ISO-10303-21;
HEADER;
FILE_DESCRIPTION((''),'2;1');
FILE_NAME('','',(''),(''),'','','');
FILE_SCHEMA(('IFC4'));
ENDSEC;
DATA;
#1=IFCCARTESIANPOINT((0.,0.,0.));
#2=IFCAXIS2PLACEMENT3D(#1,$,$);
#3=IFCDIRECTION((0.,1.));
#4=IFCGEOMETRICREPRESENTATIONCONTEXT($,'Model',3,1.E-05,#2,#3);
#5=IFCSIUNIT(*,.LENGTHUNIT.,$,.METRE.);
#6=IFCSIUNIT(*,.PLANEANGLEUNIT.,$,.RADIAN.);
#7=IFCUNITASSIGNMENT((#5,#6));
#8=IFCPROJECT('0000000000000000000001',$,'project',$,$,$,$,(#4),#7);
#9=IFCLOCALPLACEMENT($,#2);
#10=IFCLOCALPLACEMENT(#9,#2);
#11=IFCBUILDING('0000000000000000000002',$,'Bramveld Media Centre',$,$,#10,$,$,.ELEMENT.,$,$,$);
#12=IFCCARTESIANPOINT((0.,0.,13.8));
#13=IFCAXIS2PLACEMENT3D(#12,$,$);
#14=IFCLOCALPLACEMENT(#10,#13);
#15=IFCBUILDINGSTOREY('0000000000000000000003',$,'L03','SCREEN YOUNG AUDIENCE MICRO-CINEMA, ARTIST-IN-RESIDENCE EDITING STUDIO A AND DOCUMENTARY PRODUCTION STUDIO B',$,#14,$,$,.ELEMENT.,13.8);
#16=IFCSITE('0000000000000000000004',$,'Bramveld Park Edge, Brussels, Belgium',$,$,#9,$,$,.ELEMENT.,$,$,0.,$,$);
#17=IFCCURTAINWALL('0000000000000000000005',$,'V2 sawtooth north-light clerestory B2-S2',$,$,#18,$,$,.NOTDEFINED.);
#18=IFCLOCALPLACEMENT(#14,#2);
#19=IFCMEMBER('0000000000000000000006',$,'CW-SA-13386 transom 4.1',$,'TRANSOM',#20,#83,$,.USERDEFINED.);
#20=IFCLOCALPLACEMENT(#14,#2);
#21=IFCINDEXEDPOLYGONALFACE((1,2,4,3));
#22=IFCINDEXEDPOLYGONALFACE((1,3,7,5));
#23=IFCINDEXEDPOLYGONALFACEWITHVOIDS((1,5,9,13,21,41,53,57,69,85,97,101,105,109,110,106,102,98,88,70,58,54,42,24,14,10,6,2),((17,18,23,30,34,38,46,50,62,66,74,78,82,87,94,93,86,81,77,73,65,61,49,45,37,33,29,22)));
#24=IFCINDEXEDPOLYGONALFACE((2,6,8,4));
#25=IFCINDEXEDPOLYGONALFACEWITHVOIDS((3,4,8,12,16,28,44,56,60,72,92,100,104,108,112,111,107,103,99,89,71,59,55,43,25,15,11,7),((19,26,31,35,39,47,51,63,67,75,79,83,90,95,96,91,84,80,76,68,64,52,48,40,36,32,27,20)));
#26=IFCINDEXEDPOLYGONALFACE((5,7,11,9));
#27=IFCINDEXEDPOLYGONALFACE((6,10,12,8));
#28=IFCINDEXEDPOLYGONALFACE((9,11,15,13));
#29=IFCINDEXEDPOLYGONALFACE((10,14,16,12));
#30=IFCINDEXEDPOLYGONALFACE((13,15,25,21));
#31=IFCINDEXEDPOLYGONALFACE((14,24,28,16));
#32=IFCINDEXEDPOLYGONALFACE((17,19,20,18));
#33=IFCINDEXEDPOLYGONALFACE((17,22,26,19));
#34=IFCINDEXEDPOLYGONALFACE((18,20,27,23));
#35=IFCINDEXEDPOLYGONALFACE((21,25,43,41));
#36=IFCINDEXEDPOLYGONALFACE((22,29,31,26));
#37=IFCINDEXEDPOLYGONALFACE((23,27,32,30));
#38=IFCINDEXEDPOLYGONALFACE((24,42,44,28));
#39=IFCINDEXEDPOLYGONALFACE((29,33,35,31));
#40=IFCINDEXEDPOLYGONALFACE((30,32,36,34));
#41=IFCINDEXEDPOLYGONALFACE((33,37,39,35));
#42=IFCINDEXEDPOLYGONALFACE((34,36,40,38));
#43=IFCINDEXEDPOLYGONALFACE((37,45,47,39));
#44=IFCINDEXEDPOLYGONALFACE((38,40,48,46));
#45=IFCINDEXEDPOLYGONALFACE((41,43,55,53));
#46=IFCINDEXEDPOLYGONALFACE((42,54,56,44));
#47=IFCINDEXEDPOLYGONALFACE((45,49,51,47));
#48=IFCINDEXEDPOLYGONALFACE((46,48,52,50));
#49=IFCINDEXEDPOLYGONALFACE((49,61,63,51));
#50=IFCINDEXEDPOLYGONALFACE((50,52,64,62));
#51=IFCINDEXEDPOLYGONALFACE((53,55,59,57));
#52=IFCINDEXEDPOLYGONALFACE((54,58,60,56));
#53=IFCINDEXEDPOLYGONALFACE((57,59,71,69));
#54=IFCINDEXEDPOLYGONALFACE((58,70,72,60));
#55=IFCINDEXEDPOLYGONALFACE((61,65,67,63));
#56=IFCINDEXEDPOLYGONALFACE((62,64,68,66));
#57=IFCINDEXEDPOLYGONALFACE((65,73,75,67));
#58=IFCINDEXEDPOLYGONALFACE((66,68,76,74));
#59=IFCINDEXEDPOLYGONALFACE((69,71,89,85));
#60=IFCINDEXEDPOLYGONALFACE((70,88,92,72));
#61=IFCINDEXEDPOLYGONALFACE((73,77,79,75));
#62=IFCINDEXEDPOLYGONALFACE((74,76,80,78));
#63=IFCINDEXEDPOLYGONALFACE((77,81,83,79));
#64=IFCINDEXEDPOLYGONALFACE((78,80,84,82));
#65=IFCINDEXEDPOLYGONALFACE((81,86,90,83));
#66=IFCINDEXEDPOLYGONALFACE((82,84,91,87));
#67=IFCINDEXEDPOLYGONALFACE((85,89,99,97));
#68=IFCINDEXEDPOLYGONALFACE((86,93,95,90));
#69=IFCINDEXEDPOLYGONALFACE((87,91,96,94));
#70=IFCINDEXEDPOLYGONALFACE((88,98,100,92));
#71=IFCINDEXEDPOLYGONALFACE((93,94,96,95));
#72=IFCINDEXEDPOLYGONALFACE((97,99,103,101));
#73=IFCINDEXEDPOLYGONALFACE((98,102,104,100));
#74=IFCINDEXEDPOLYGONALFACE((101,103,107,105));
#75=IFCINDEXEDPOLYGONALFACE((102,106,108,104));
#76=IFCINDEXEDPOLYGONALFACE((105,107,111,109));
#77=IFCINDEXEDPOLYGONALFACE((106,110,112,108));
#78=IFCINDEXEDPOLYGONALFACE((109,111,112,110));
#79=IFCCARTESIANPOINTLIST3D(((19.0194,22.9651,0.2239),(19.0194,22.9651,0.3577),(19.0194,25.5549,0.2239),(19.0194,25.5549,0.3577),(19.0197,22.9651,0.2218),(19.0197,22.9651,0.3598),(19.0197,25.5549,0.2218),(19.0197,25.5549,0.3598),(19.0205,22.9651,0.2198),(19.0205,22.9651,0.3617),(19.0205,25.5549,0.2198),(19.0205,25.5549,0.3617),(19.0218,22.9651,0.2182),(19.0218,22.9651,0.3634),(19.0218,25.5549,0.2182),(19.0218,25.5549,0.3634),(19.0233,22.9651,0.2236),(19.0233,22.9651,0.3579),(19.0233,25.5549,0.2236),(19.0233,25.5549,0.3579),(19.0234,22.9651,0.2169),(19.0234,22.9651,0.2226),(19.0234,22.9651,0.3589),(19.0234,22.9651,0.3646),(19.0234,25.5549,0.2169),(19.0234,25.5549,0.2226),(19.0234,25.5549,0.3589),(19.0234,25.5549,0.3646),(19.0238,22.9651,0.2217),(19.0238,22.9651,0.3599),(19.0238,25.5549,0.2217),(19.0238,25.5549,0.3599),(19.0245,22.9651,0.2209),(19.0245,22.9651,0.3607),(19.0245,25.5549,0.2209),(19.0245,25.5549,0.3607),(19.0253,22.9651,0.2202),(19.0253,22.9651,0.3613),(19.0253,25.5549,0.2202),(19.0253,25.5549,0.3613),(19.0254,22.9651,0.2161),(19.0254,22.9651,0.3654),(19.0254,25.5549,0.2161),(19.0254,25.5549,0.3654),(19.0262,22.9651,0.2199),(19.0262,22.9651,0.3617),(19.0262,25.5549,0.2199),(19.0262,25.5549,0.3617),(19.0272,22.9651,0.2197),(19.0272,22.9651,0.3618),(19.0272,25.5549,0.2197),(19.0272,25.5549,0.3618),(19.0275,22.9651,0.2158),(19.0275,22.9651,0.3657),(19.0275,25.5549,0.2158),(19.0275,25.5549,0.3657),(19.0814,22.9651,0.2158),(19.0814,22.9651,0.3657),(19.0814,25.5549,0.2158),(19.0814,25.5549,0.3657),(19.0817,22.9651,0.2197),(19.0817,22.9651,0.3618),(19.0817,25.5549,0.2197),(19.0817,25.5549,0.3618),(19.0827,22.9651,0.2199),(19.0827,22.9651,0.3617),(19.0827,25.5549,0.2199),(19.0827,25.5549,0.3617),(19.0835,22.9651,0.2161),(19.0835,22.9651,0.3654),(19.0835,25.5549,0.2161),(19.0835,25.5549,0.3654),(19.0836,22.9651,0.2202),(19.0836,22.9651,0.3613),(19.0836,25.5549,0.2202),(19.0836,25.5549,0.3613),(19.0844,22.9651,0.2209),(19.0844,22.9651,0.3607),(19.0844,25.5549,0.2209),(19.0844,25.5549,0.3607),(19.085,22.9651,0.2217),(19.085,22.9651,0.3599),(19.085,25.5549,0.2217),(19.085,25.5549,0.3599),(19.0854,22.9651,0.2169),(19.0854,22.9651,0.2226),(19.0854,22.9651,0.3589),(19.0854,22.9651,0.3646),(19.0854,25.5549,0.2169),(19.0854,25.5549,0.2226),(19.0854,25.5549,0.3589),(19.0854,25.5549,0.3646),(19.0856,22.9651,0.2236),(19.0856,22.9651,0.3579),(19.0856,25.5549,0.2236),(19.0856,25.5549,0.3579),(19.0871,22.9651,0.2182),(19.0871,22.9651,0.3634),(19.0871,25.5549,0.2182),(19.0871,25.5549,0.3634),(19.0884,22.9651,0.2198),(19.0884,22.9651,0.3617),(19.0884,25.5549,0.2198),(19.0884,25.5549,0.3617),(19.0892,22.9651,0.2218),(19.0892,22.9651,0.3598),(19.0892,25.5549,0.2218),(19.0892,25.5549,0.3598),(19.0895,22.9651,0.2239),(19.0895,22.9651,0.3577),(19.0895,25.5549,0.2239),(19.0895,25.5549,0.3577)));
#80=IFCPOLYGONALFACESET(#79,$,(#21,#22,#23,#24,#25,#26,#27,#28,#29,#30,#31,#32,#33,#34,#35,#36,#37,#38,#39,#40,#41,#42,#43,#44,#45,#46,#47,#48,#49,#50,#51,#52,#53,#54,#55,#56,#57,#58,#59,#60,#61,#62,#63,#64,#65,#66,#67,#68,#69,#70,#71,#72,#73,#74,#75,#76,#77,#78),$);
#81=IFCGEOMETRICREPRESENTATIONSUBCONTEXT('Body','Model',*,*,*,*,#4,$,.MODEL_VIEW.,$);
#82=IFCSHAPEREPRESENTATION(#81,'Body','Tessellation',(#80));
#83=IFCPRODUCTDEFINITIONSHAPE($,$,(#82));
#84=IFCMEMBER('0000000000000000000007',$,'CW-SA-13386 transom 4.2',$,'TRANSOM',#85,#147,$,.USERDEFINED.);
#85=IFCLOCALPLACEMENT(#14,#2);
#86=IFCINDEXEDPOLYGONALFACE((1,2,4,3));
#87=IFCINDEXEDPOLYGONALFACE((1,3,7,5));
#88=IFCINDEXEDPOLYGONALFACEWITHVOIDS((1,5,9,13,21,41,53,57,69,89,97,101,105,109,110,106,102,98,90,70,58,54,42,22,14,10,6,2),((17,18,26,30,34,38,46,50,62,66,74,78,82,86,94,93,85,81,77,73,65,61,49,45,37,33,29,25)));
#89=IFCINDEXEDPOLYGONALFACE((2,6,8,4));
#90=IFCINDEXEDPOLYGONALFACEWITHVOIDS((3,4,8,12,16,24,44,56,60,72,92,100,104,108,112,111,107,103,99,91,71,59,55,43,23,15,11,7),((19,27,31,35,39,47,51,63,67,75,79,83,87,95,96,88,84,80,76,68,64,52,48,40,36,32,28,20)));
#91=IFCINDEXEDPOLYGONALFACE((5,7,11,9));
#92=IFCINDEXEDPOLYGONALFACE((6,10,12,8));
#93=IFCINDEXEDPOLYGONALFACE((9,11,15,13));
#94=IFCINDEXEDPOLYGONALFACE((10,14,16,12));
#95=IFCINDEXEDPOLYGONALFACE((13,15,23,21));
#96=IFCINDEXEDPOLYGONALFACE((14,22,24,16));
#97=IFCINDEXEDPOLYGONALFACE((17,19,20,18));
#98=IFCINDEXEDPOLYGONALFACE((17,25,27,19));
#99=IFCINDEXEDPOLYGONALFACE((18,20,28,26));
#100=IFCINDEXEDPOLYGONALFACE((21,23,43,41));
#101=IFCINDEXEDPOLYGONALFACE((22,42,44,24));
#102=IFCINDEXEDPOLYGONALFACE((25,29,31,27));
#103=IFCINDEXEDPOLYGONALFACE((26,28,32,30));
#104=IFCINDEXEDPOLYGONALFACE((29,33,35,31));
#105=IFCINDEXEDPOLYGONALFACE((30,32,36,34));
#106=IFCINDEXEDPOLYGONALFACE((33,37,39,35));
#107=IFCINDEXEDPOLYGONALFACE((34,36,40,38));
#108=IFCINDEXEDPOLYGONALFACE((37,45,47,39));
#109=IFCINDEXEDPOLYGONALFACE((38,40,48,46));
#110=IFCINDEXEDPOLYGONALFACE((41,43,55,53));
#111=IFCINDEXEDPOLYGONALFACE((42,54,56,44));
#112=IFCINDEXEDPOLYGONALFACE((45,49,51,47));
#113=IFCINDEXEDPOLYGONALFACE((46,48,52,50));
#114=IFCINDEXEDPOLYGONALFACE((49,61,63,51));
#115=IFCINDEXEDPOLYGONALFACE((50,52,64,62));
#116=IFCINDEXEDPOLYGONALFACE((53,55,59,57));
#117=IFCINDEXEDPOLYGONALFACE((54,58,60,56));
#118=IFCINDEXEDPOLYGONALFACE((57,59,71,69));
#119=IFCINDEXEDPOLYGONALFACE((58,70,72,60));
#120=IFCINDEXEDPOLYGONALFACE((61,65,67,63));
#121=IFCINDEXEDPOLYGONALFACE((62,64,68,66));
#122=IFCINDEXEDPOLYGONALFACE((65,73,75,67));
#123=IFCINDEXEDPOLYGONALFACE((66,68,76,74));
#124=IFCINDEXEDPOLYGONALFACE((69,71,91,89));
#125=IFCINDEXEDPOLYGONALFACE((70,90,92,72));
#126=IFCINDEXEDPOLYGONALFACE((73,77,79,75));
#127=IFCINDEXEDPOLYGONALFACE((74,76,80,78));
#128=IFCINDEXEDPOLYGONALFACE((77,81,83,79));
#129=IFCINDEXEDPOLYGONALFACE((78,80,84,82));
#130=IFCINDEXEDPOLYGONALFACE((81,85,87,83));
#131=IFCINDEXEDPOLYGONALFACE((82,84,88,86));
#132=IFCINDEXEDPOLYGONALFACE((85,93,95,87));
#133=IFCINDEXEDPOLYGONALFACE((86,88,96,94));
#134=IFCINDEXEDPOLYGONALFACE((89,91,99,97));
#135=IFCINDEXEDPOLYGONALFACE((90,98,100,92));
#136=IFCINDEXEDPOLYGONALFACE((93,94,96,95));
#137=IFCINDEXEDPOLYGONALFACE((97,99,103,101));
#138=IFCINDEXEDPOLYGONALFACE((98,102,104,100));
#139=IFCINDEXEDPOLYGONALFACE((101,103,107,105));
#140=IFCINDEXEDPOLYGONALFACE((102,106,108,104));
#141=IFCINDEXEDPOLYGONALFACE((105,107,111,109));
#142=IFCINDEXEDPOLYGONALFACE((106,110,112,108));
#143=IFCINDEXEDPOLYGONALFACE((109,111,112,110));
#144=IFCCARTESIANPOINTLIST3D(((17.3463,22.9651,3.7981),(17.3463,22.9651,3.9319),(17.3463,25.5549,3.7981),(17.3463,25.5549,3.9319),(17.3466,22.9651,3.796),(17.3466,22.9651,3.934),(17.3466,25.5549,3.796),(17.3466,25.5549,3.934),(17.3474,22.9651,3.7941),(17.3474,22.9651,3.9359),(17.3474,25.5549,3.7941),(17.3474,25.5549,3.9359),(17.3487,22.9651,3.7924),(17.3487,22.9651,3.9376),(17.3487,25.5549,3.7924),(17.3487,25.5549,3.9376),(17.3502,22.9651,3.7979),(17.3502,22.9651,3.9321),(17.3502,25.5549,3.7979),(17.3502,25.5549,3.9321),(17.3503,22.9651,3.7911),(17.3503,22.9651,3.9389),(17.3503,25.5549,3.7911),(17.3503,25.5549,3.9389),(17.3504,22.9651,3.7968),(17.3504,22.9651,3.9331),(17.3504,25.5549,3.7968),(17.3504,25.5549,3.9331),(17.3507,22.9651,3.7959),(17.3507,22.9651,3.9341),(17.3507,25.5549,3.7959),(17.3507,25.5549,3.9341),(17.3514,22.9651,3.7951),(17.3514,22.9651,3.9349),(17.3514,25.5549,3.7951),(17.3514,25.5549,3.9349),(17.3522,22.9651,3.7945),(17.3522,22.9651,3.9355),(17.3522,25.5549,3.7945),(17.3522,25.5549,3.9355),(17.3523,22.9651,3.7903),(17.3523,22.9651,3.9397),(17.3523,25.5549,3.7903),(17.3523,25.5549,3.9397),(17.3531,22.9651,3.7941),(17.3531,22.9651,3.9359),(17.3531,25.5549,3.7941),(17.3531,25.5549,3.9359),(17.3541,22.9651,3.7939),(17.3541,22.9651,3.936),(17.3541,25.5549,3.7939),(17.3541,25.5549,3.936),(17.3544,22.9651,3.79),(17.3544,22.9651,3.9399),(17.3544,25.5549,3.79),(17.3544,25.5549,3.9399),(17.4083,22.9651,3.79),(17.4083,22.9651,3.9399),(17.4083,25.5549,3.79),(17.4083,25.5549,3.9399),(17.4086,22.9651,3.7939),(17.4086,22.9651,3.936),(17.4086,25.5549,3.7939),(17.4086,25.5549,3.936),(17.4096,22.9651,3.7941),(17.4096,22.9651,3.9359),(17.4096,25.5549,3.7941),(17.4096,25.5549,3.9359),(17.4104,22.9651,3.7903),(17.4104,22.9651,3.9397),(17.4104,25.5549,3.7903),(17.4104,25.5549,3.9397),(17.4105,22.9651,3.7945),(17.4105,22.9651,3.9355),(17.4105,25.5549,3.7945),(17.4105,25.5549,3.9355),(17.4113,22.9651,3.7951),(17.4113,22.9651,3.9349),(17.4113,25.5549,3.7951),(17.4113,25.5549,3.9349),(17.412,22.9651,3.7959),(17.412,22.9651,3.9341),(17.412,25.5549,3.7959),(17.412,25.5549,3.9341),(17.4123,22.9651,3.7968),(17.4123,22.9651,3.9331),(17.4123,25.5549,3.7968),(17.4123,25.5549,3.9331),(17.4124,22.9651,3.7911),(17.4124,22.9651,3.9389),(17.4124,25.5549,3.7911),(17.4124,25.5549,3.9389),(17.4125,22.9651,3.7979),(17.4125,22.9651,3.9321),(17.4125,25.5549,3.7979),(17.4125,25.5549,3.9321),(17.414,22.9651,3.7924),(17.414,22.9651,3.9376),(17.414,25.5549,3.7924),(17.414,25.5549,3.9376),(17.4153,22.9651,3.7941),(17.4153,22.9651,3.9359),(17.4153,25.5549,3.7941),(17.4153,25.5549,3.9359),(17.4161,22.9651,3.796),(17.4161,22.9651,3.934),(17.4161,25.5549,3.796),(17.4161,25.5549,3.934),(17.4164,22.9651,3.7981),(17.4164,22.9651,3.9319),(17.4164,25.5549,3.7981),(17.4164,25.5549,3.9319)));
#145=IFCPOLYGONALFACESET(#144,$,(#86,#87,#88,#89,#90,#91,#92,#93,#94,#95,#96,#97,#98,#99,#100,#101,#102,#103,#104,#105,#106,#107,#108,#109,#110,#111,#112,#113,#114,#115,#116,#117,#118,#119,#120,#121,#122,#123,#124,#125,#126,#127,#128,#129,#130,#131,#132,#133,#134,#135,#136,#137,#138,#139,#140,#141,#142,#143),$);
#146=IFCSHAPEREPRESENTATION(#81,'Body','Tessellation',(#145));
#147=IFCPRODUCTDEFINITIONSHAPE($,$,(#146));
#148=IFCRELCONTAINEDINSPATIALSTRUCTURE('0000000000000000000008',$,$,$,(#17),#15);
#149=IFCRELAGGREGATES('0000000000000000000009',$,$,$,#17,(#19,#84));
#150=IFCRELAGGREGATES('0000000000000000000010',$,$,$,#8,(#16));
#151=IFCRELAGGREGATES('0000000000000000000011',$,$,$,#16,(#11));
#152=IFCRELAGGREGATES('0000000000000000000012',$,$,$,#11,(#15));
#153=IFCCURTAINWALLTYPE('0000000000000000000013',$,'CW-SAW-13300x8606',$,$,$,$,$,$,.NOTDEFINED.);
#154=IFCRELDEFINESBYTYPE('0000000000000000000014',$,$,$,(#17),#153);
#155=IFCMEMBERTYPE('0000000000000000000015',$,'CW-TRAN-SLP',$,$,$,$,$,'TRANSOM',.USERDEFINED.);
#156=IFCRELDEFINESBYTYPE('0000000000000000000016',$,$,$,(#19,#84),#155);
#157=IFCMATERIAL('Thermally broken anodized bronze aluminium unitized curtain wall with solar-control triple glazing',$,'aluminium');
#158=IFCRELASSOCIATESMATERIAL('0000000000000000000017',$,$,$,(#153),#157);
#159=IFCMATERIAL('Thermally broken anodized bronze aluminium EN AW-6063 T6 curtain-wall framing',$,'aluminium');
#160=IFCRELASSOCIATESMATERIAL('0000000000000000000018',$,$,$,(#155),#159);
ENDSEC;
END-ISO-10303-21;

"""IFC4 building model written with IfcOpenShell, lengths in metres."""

from ifc_helpers import new_model, si_unit, direction, frame, origin, origin_2d, place, context, subcontext, project, spatial, hollow_rectangle, extrude, material, material_profile, profile_set, type_object, element, aggregate, save


model = new_model("IFC4")

# Units and contexts
model_context = context("Model", 3, precision=1e-05, world=origin(), true_north=direction((0.0, 1.0)))
body_context = subcontext(model_context, "Body", "Model", "MODEL_VIEW")
ifc_project = project(units=[si_unit("LENGTHUNIT", "METRE"), si_unit("PLANEANGLEUNIT", "RADIAN")], contexts=[model_context])

# Site, building, storey
site_placement = place(None, origin())
site = spatial("IfcSite", under=ifc_project, at=site_placement, Name="Bramveld Park Edge, Brussels, Belgium", CompositionType="ELEMENT", RefElevation=0.0)
building_placement = place(site_placement, origin())
building = spatial("IfcBuilding", under=site, at=building_placement, Name="Bramveld Media Centre", CompositionType="ELEMENT")
storey_placement = place(building_placement, frame((0.0, 0.0, 13.8)))
storey = spatial("IfcBuildingStorey", under=building, at=storey_placement, Name="L03", Description="SCREEN YOUNG AUDIENCE MICRO-CINEMA, ARTIST-IN-RESIDENCE EDITING STUDIO A AND DOCUMENTARY PRODUCTION STUDIO B", CompositionType="ELEMENT", Elevation=13.8)

# Curtain wall
ifc_material_1 = material(Name="Thermally broken anodized bronze aluminium unitized curtain wall with solar-control triple glazing", Category="aluminium")
curtain_wall_type_1 = type_object("IfcCurtainWallType", Name="CW-SAW-13300x8606", PredefinedType="NOTDEFINED", material=ifc_material_1)
curtain_wall_1_placement = place(storey_placement, origin())
curtain_wall_1 = element("IfcCurtainWall", 1, at=curtain_wall_1_placement, inside=storey, type_object=curtain_wall_type_1, Name="V2 sawtooth north-light clerestory B2-S2", PredefinedType="NOTDEFINED")

# Members
ifc_material_2 = material(Name="Thermally broken anodized bronze aluminium EN AW-6063 T6 curtain-wall framing", Category="aluminium")
ifc_material_profile_1 = material_profile(ifc_material_2, hollow_rectangle(XDim=0.0701, YDim=0.1499, WallThickness=0.0039, InnerFilletRadius=0.0039, OuterFilletRadius=0.0081, at=origin_2d()), Name="AL-TRAN 70x150")
ifc_profile_set_1 = profile_set([ifc_material_profile_1], Name="Thermally broken anodized bronze aluminium EN AW-6063 T6 curtain-wall framing")
member_type_1 = type_object("IfcMemberType", Name="CW-TRAN-SLP", ElementType="TRANSOM", PredefinedType="USERDEFINED", material=ifc_profile_set_1)
member_1_placement = place(storey_placement, frame((19.0544, 22.9651, 0.2908), z_axis=(0.0, 1.0, 0.0), x_axis=(-1.0, 0.0, 0.0)))
member_1 = element("IfcMember", 2, at=member_1_placement, type_object=member_type_1, Name="CW-SA-13386 transom 4.1", ObjectType="TRANSOM", PredefinedType="USERDEFINED", context=body_context, shape_type="SweptSolid", body=[
    extrude(hollow_rectangle(XDim=0.0701, YDim=0.1499, WallThickness=0.0039, InnerFilletRadius=0.0039, OuterFilletRadius=0.0081, at=origin_2d()), origin(), (0.0, 0.0, 1.0), 2.5898),
])
member_2_placement = place(storey_placement, frame((17.3813, 22.9651, 3.865), z_axis=(0.0, 1.0, 0.0), x_axis=(-1.0, 0.0, 0.0)))
member_2 = element("IfcMember", 3, at=member_2_placement, type_object=member_type_1, Name="CW-SA-13386 transom 4.2", ObjectType="TRANSOM", PredefinedType="USERDEFINED", context=body_context, shape_type="SweptSolid", body=[
    extrude(hollow_rectangle(XDim=0.0701, YDim=0.1499, WallThickness=0.0039, InnerFilletRadius=0.0039, OuterFilletRadius=0.0081, at=origin_2d()), origin(), (0.0, 0.0, 1.0), 2.5898),
])

aggregate(curtain_wall_1, [member_1, member_2])

save(model, "model.ifc")
